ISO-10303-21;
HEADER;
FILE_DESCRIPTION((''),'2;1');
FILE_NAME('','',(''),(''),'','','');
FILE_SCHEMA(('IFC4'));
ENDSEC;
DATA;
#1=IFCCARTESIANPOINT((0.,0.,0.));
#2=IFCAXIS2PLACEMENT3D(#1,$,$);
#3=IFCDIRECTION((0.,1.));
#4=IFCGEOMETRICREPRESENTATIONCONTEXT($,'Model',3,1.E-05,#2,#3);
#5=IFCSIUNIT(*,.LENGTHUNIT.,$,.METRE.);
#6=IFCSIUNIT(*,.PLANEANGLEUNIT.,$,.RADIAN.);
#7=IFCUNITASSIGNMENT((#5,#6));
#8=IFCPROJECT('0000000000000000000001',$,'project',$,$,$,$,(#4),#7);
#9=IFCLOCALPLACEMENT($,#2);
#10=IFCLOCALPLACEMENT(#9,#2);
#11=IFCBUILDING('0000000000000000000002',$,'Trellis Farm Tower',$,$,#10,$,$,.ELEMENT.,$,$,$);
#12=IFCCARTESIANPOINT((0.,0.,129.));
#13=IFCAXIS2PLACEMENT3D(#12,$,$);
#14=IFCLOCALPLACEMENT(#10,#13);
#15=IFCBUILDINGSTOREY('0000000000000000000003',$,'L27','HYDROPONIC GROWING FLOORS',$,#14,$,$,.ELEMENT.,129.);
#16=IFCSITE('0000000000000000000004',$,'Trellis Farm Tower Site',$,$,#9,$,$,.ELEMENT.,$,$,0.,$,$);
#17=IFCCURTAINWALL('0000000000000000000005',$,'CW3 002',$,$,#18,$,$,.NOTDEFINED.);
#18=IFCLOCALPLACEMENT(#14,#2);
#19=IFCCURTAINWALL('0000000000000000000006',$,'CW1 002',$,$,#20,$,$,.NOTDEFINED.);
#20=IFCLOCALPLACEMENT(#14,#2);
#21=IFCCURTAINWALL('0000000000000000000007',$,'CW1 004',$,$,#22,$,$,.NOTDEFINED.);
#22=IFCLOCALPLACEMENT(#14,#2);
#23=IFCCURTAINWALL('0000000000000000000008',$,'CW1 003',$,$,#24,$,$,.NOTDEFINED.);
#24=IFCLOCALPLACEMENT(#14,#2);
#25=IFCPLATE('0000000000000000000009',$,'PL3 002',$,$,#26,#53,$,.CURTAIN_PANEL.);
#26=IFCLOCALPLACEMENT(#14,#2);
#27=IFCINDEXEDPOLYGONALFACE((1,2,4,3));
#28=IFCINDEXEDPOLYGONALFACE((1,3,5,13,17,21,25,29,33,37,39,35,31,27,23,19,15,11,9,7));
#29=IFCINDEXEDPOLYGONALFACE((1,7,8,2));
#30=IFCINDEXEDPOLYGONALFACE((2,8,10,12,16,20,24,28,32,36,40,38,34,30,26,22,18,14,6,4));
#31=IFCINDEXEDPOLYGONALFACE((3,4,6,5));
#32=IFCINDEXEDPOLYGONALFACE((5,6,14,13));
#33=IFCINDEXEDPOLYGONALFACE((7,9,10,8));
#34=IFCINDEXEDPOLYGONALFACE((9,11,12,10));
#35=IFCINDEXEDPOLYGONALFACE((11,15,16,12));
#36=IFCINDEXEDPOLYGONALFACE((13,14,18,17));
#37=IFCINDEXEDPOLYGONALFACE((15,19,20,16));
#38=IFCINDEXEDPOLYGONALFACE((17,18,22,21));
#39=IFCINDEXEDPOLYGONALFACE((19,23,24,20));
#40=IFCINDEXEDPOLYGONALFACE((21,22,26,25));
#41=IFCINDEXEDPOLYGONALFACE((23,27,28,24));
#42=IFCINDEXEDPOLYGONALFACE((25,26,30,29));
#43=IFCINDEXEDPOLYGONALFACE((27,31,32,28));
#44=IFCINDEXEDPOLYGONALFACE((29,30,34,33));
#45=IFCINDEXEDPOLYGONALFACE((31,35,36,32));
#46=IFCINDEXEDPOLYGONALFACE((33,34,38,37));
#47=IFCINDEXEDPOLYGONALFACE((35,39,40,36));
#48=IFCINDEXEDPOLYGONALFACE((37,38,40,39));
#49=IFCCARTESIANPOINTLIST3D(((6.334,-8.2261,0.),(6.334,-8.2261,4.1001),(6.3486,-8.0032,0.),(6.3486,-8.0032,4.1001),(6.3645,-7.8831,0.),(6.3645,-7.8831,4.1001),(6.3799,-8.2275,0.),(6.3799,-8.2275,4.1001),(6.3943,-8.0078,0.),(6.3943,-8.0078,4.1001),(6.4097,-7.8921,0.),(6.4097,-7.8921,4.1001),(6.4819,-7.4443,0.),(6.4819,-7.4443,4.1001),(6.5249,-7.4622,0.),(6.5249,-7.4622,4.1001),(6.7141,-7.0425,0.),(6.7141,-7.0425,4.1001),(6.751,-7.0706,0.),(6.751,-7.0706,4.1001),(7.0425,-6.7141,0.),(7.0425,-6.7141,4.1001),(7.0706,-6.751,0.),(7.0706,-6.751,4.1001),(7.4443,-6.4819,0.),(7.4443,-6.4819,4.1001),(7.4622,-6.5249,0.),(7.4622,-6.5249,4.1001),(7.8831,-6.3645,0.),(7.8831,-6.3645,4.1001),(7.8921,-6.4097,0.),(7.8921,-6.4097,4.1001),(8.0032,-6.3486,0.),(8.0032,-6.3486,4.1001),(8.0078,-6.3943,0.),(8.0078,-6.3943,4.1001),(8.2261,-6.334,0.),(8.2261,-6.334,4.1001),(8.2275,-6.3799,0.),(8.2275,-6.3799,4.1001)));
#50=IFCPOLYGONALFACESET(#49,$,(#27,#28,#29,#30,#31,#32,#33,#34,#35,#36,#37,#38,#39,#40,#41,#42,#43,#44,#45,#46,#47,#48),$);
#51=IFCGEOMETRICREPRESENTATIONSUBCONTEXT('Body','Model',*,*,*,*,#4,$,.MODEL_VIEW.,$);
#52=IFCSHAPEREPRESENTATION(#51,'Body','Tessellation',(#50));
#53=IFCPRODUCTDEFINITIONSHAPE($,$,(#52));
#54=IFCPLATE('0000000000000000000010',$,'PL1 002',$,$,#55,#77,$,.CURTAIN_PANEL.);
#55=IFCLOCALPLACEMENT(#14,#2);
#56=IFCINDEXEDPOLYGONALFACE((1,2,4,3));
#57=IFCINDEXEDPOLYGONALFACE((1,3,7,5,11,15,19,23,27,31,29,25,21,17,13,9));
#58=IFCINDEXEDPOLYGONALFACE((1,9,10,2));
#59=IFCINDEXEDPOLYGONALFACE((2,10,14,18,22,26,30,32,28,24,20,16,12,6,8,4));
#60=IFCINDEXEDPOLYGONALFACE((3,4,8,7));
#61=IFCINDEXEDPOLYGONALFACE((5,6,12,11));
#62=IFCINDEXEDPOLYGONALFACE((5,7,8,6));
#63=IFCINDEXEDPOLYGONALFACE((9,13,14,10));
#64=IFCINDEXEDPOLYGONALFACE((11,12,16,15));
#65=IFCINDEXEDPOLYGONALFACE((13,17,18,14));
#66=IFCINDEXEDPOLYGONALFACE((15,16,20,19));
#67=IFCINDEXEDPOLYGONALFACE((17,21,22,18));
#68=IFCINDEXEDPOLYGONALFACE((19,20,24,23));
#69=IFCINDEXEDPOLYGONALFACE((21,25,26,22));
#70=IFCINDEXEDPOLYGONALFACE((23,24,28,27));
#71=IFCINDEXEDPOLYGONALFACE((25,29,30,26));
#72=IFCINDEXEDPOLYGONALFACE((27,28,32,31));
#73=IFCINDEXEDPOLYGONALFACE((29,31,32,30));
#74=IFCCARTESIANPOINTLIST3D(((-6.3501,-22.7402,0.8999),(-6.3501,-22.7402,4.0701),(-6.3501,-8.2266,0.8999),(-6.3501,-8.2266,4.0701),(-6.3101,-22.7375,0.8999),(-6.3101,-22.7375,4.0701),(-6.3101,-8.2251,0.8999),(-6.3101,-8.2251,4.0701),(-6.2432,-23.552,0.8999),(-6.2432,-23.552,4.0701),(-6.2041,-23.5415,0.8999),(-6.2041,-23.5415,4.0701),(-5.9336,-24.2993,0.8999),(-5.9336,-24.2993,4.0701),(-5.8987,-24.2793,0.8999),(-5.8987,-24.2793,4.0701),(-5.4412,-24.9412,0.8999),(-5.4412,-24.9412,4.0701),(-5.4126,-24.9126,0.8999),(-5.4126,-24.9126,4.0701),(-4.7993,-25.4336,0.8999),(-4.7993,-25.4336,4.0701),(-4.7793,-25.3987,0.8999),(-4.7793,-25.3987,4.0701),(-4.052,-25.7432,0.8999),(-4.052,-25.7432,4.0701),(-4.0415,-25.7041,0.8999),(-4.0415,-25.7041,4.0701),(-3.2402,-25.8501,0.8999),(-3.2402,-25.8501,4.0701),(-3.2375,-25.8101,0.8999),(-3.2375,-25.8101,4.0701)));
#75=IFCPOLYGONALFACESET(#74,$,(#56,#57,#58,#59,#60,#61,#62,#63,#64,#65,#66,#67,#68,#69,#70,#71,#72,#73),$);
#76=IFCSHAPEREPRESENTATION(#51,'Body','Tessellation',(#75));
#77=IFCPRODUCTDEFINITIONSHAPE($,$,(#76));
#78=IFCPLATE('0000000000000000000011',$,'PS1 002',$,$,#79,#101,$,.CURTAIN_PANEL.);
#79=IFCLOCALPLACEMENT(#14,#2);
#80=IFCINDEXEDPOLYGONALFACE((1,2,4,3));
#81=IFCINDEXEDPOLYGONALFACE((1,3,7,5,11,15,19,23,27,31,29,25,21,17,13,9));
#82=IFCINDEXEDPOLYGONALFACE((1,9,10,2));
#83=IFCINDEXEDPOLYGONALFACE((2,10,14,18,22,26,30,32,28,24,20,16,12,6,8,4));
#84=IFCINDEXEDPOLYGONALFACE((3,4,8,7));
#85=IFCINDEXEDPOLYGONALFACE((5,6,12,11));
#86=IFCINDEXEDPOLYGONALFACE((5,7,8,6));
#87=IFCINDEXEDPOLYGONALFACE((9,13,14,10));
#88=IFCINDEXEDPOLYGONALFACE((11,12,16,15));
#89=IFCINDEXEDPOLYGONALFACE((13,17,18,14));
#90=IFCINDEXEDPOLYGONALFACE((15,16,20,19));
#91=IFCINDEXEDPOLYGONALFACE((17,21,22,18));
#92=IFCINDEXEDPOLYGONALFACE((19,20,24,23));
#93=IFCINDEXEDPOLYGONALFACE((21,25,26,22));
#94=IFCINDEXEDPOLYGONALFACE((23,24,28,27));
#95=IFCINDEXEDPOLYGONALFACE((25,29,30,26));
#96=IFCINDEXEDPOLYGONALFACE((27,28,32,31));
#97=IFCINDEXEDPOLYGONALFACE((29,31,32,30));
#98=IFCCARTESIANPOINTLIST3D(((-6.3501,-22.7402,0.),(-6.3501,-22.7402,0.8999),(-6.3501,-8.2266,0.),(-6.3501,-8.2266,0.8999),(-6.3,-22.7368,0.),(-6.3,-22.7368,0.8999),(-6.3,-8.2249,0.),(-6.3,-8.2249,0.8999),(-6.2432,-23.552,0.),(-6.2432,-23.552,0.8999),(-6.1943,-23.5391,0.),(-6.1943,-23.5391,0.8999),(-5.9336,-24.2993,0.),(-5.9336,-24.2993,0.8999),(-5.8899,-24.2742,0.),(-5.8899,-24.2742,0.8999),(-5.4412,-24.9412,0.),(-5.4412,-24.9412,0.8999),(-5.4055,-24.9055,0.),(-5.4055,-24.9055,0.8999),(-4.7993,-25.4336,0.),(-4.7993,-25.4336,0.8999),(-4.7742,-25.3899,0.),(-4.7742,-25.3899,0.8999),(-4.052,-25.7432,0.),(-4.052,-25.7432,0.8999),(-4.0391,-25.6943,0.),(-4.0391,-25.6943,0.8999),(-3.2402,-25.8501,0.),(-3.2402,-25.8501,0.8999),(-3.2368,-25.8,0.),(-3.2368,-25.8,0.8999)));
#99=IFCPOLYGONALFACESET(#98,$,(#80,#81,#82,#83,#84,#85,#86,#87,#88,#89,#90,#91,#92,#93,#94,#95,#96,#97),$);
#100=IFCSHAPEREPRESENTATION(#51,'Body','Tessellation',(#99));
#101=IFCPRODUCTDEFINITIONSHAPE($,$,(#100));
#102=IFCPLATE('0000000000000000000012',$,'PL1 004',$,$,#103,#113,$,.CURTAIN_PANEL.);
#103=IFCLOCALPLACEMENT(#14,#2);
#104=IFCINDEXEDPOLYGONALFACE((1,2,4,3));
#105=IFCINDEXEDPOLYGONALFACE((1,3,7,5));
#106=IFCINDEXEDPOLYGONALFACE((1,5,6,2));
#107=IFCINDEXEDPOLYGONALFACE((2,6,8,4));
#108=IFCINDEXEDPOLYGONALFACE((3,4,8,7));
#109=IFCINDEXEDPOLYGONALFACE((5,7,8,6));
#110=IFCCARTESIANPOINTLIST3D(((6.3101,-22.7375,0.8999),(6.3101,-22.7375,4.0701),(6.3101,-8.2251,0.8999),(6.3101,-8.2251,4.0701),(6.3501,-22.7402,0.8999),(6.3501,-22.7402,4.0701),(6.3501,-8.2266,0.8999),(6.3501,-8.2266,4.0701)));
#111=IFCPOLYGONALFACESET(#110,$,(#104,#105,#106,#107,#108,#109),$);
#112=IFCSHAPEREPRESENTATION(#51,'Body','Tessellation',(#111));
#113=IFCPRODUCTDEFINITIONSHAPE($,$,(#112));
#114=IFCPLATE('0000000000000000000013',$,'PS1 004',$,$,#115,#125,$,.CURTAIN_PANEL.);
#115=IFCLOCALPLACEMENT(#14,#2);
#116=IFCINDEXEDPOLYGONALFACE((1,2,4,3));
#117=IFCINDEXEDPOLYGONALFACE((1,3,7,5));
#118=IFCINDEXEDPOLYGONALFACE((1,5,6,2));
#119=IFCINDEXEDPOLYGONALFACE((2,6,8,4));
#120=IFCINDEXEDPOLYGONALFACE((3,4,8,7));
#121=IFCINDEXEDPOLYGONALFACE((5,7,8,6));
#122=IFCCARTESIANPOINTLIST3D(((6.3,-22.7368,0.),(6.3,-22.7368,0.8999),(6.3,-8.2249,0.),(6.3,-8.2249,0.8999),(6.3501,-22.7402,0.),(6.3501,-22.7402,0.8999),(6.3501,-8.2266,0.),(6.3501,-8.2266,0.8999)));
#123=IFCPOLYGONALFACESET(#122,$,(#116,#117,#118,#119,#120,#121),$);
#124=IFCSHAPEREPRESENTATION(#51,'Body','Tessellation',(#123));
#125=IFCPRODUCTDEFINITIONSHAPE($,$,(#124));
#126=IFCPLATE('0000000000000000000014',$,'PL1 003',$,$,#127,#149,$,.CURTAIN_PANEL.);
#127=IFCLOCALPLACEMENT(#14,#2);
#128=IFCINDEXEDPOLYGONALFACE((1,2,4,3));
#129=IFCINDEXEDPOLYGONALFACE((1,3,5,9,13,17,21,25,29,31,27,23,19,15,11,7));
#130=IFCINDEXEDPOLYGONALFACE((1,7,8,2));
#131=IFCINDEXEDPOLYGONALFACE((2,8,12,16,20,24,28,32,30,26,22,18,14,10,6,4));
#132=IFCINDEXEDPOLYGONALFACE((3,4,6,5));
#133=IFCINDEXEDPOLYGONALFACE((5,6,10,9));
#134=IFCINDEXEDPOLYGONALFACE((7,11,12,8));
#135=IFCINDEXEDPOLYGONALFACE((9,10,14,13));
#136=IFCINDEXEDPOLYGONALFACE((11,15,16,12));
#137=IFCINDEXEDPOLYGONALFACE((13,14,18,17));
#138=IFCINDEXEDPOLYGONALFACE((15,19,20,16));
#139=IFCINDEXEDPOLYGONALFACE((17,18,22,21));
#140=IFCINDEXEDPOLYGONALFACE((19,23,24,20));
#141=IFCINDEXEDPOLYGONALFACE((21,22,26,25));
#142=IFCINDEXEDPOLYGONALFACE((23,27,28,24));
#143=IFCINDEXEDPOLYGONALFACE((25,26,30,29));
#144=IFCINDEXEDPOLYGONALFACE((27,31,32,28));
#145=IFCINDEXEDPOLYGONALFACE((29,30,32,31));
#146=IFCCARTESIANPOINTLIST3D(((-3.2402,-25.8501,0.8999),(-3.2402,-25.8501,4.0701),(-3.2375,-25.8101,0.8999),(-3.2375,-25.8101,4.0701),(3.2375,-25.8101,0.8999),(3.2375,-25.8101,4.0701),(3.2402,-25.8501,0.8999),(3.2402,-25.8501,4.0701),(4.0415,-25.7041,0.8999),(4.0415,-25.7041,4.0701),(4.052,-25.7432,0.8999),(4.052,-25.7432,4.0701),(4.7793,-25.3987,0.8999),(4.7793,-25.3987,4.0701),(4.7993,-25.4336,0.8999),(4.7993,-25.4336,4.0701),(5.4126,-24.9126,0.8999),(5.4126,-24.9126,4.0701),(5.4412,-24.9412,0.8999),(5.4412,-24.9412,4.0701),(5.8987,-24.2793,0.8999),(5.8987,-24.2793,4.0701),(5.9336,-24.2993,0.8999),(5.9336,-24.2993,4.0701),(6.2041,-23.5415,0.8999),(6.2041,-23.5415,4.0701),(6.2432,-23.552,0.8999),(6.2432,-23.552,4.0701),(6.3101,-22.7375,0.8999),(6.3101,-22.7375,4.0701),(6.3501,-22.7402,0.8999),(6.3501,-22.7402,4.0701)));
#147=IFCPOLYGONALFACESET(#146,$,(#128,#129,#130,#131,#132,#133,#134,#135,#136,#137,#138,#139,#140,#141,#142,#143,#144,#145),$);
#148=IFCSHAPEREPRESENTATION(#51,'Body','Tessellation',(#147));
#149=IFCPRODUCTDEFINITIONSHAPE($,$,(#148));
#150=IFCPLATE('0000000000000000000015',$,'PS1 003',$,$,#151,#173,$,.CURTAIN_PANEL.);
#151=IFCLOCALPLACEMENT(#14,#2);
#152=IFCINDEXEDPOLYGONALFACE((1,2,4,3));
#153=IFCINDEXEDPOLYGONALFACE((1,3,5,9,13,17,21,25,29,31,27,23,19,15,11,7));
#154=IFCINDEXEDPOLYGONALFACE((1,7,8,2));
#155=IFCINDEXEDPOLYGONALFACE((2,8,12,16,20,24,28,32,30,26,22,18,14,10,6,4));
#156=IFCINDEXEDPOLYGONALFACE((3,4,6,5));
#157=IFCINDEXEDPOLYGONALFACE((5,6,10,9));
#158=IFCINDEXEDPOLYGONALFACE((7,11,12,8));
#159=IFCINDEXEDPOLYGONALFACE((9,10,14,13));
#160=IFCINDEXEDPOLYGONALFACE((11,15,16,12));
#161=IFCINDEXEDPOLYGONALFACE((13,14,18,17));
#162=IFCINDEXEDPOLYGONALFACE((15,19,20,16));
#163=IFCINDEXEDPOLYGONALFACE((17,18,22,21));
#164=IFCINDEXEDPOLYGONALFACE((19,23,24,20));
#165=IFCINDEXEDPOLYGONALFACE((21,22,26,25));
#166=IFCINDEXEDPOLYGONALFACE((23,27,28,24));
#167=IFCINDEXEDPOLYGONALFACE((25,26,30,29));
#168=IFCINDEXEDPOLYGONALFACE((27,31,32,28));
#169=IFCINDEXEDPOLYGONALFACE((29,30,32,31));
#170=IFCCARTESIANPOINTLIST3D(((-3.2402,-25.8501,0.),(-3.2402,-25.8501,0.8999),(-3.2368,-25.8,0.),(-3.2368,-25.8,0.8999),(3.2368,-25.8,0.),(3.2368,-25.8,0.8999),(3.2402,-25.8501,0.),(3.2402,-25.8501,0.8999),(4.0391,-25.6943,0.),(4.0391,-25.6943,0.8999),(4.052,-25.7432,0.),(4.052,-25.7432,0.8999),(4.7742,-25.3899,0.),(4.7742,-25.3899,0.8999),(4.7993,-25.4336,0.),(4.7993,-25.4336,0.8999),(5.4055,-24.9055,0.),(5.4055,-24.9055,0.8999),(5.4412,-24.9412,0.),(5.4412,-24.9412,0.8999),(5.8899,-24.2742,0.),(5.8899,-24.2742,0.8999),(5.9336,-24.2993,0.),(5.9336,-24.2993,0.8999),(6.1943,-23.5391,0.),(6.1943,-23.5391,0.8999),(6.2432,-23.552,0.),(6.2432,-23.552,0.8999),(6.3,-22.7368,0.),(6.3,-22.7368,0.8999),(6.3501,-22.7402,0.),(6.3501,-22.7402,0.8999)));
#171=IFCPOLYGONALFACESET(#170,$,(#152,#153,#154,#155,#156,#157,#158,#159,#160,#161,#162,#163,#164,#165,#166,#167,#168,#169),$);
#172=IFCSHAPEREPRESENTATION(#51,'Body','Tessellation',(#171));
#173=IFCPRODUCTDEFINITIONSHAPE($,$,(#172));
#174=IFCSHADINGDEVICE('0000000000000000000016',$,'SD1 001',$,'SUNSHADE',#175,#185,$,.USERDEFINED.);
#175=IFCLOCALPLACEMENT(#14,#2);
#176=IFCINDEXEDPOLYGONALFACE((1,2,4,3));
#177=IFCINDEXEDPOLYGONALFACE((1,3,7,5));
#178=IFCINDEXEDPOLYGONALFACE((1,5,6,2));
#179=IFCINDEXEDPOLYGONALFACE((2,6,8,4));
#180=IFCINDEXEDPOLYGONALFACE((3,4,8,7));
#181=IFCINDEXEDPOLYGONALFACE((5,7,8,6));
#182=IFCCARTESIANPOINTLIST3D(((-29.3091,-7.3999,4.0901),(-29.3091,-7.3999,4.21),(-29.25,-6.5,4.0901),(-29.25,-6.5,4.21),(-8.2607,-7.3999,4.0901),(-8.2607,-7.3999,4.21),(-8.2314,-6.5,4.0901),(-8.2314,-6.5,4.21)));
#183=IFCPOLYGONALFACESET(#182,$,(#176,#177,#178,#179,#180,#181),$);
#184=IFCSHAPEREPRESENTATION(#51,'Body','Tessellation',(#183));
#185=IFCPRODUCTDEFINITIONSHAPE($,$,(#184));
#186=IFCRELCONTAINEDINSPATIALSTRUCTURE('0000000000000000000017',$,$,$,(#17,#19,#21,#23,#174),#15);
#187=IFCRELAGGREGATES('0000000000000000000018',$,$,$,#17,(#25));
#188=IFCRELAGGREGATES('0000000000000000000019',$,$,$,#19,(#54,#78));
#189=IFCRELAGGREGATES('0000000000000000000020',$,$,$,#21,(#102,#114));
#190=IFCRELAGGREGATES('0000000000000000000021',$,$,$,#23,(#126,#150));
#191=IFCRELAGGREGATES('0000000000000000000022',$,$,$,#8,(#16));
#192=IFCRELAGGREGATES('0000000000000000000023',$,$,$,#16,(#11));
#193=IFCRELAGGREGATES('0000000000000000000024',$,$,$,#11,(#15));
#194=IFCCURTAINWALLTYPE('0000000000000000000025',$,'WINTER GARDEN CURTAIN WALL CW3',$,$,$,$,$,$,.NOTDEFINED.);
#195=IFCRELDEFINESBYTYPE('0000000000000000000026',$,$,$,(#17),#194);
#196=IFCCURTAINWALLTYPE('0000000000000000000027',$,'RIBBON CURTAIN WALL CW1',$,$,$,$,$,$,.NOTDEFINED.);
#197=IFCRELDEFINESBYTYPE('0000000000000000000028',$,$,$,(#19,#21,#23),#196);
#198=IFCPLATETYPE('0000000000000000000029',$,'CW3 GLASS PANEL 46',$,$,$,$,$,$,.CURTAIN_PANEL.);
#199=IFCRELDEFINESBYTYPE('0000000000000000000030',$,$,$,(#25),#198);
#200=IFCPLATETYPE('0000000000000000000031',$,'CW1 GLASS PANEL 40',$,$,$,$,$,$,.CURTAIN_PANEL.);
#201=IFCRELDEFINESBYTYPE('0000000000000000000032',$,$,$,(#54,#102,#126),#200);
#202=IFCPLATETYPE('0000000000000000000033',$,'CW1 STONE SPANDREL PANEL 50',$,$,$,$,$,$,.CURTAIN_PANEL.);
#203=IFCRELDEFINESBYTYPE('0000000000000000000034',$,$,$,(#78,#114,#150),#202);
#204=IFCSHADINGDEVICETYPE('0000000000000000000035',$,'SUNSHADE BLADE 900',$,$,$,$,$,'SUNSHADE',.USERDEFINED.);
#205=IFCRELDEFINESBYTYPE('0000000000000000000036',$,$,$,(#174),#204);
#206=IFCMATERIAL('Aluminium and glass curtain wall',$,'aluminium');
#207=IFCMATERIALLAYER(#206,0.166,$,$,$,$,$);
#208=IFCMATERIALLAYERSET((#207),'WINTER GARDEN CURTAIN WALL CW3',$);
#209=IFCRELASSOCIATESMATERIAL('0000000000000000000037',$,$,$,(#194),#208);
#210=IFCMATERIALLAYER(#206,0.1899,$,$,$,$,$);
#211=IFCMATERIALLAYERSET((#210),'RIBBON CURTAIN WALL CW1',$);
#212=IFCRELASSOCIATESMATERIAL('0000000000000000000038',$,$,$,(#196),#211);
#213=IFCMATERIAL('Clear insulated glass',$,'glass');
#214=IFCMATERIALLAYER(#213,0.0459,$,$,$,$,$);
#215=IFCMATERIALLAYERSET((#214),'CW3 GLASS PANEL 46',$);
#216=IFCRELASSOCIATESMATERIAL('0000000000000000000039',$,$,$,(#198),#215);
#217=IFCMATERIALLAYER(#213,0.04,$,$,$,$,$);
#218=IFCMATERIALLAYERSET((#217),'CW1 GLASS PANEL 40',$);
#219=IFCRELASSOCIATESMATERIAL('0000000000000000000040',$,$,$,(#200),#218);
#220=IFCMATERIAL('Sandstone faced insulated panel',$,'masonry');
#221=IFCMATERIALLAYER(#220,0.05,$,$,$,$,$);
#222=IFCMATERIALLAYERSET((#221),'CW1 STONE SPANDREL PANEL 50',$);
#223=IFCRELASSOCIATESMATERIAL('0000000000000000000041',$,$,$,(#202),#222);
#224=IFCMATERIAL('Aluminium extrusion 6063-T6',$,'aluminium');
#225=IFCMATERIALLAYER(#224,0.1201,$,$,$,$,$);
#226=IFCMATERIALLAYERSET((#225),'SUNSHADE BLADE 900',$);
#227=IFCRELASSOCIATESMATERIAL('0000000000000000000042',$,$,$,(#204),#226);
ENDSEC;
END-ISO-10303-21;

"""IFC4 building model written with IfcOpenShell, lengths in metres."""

from ifc_helpers import new_model, si_unit, direction, frame, origin, place, context, subcontext, project, spatial, polyline, outline, extrude, source, transform, mapped, material, layer, layer_set, type_object, element, aggregate, save


model = new_model("IFC4")

# Units and contexts
model_context = context("Model", 3, precision=1e-05, world=origin(), true_north=direction((0.0, 1.0)))
body_context = subcontext(model_context, "Body", "Model", "MODEL_VIEW")
ifc_project = project(units=[si_unit("LENGTHUNIT", "METRE"), si_unit("PLANEANGLEUNIT", "RADIAN")], contexts=[model_context])

# Site, building, storey
site_placement = place(None, origin())
site = spatial("IfcSite", under=ifc_project, at=site_placement, Name="Trellis Farm Tower Site", CompositionType="ELEMENT", RefElevation=0.0)
building_placement = place(site_placement, origin())
building = spatial("IfcBuilding", under=site, at=building_placement, Name="Trellis Farm Tower", CompositionType="ELEMENT")
storey_placement = place(building_placement, frame((0.0, 0.0, 129.0)))
storey = spatial("IfcBuildingStorey", under=building, at=storey_placement, Name="L27", Description="HYDROPONIC GROWING FLOORS", CompositionType="ELEMENT", Elevation=129.0)

# Curtain walls
ifc_material_1 = material(Name="Aluminium and glass curtain wall", Category="aluminium")
ifc_layer_1 = layer(ifc_material_1, 0.166)
ifc_layer_set_1 = layer_set([ifc_layer_1], Name="WINTER GARDEN CURTAIN WALL CW3")
curtain_wall_type_1 = type_object("IfcCurtainWallType", Name="WINTER GARDEN CURTAIN WALL CW3", PredefinedType="NOTDEFINED", material=ifc_layer_set_1)
placement_1 = place(storey_placement, origin())
ifc_material_2 = material(Name="Aluminium extrusion 6063-T6", Category="aluminium")
curtain_wall_1 = element("IfcCurtainWall", 1, at=placement_1, inside=storey, type_object=curtain_wall_type_1, Name="CW3 002", PredefinedType="NOTDEFINED")
ifc_layer_2 = layer(ifc_material_1, 0.1899)
ifc_layer_set_2 = layer_set([ifc_layer_2], Name="RIBBON CURTAIN WALL CW1")
curtain_wall_type_2 = type_object("IfcCurtainWallType", Name="RIBBON CURTAIN WALL CW1", PredefinedType="NOTDEFINED", material=ifc_layer_set_2)
curtain_wall_2 = element("IfcCurtainWall", 2, at=placement_1, inside=storey, type_object=curtain_wall_type_2, Name="CW1 002", PredefinedType="NOTDEFINED")
curtain_wall_3 = element("IfcCurtainWall", 3, at=placement_1, inside=storey, type_object=curtain_wall_type_2, Name="CW1 004", PredefinedType="NOTDEFINED")
curtain_wall_4 = element("IfcCurtainWall", 4, at=placement_1, inside=storey, type_object=curtain_wall_type_2, Name="CW1 003", PredefinedType="NOTDEFINED")

# Plates
ifc_material_3 = material(Name="Clear insulated glass", Category="glass")
ifc_layer_3 = layer(ifc_material_3, 0.0459)
ifc_layer_set_3 = layer_set([ifc_layer_3], Name="CW3 GLASS PANEL 46")
plate_type_1 = type_object("IfcPlateType", Name="CW3 GLASS PANEL 46", PredefinedType="CURTAIN_PANEL", material=ifc_layer_set_3)
shared_shape_1 = source(origin(), body_context, "Body", "SweptSolid", [
    extrude(outline(polyline([(6.3799, -8.2275), (6.3943, -8.0078), (6.4097, -7.8921), (6.5249, -7.4622), (6.751, -7.0706), (7.0706, -6.751), (7.4622, -6.5249), (7.8921, -6.4097), (8.0078, -6.3943), (8.2275, -6.3799), (8.2261, -6.334), (8.0032, -6.3486), (7.8831, -6.3645), (7.4443, -6.4819), (7.0425, -6.7141), (6.7141, -7.0425), (6.4819, -7.4443), (6.3645, -7.8831), (6.3486, -8.0032), (6.334, -8.2261), (6.3799, -8.2275)])), origin(), (0.0, 0.0, 1.0), 4.1001),
])
plate_1 = element("IfcPlate", 5, at=placement_1, type_object=plate_type_1, Name="PL3 002", PredefinedType="CURTAIN_PANEL", context=body_context, shape_type="MappedRepresentation", body=[
    mapped(shared_shape_1, transform((0.0, 0.0, 0.0))),
])
aggregate(curtain_wall_1, [plate_1])
ifc_layer_4 = layer(ifc_material_3, 0.04)
ifc_layer_set_4 = layer_set([ifc_layer_4], Name="CW1 GLASS PANEL 40")
plate_type_2 = type_object("IfcPlateType", Name="CW1 GLASS PANEL 40", PredefinedType="CURTAIN_PANEL", material=ifc_layer_set_4)
shared_shape_2 = source(origin(), body_context, "Body", "SweptSolid", [
    extrude(outline(polyline([(-6.3501, -8.2266), (-6.3501, -22.7402), (-6.2432, -23.552), (-5.9336, -24.2993), (-5.4412, -24.9412), (-4.7993, -25.4336), (-4.052, -25.7432), (-3.2402, -25.8501), (-3.2375, -25.8101), (-4.0415, -25.7041), (-4.7793, -25.3987), (-5.4126, -24.9126), (-5.8987, -24.2793), (-6.2041, -23.5415), (-6.3101, -22.7375), (-6.3101, -8.2251), (-6.3501, -8.2266)])), origin(), (0.0, 0.0, 1.0), 3.1702),
])
placement_2 = place(storey_placement, frame((0.0, 0.0, 0.8999)))
plate_2 = element("IfcPlate", 6, at=placement_2, type_object=plate_type_2, Name="PL1 002", PredefinedType="CURTAIN_PANEL", context=body_context, shape_type="MappedRepresentation", body=[
    mapped(shared_shape_2, transform((0.0, 0.0, 0.0))),
])
ifc_material_4 = material(Name="Sandstone faced insulated panel", Category="masonry")
ifc_layer_5 = layer(ifc_material_4, 0.05)
ifc_layer_set_5 = layer_set([ifc_layer_5], Name="CW1 STONE SPANDREL PANEL 50")
plate_type_3 = type_object("IfcPlateType", Name="CW1 STONE SPANDREL PANEL 50", PredefinedType="CURTAIN_PANEL", material=ifc_layer_set_5)
shared_shape_3 = source(origin(), body_context, "Body", "SweptSolid", [
    extrude(outline(polyline([(-6.3501, -8.2266), (-6.3501, -22.7402), (-6.2432, -23.552), (-5.9336, -24.2993), (-5.4412, -24.9412), (-4.7993, -25.4336), (-4.052, -25.7432), (-3.2402, -25.8501), (-3.2368, -25.8), (-4.0391, -25.6943), (-4.7742, -25.3899), (-5.4055, -24.9055), (-5.8899, -24.2742), (-6.1943, -23.5391), (-6.3, -22.7368), (-6.3, -8.2249), (-6.3501, -8.2266)])), origin(), (0.0, 0.0, 1.0), 0.8999),
])
plate_3 = element("IfcPlate", 7, at=placement_1, type_object=plate_type_3, Name="PS1 002", PredefinedType="CURTAIN_PANEL", context=body_context, shape_type="MappedRepresentation", body=[
    mapped(shared_shape_3, transform((0.0, 0.0, 0.0))),
])
aggregate(curtain_wall_2, [plate_2, plate_3])
shared_shape_4 = source(origin(), body_context, "Body", "SweptSolid", [
    extrude(outline(polyline([(6.3501, -22.7402), (6.3501, -8.2266), (6.3101, -8.2251), (6.3101, -22.7375), (6.3501, -22.7402)])), origin(), (0.0, 0.0, 1.0), 3.1702),
])
plate_4 = element("IfcPlate", 8, at=placement_2, type_object=plate_type_2, Name="PL1 004", PredefinedType="CURTAIN_PANEL", context=body_context, shape_type="MappedRepresentation", body=[
    mapped(shared_shape_4, transform((0.0, 0.0, 0.0))),
])
shared_shape_5 = source(origin(), body_context, "Body", "SweptSolid", [
    extrude(outline(polyline([(6.3501, -22.7402), (6.3501, -8.2266), (6.3, -8.2249), (6.3, -22.7368), (6.3501, -22.7402)])), origin(), (0.0, 0.0, 1.0), 0.8999),
])
plate_5 = element("IfcPlate", 9, at=placement_1, type_object=plate_type_3, Name="PS1 004", PredefinedType="CURTAIN_PANEL", context=body_context, shape_type="MappedRepresentation", body=[
    mapped(shared_shape_5, transform((0.0, 0.0, 0.0))),
])
aggregate(curtain_wall_3, [plate_4, plate_5])
shared_shape_6 = source(origin(), body_context, "Body", "SweptSolid", [
    extrude(outline(polyline([(-3.2402, -25.8501), (3.2402, -25.8501), (4.052, -25.7432), (4.7993, -25.4336), (5.4412, -24.9412), (5.9336, -24.2993), (6.2432, -23.552), (6.3501, -22.7402), (6.3101, -22.7375), (6.2041, -23.5415), (5.8987, -24.2793), (5.4126, -24.9126), (4.7793, -25.3987), (4.0415, -25.7041), (3.2375, -25.8101), (-3.2375, -25.8101), (-3.2402, -25.8501)])), origin(), (0.0, 0.0, 1.0), 3.1702),
])
plate_6 = element("IfcPlate", 10, at=placement_2, type_object=plate_type_2, Name="PL1 003", PredefinedType="CURTAIN_PANEL", context=body_context, shape_type="MappedRepresentation", body=[
    mapped(shared_shape_6, transform((0.0, 0.0, 0.0))),
])
shared_shape_7 = source(origin(), body_context, "Body", "SweptSolid", [
    extrude(outline(polyline([(-3.2402, -25.8501), (3.2402, -25.8501), (4.052, -25.7432), (4.7993, -25.4336), (5.4412, -24.9412), (5.9336, -24.2993), (6.2432, -23.552), (6.3501, -22.7402), (6.3, -22.7368), (6.1943, -23.5391), (5.8899, -24.2742), (5.4055, -24.9055), (4.7742, -25.3899), (4.0391, -25.6943), (3.2368, -25.8), (-3.2368, -25.8), (-3.2402, -25.8501)])), origin(), (0.0, 0.0, 1.0), 0.8999),
])
plate_7 = element("IfcPlate", 11, at=placement_1, type_object=plate_type_3, Name="PS1 003", PredefinedType="CURTAIN_PANEL", context=body_context, shape_type="MappedRepresentation", body=[
    mapped(shared_shape_7, transform((0.0, 0.0, 0.0))),
])
aggregate(curtain_wall_4, [plate_6, plate_7])

# Shading device
ifc_layer_6 = layer(ifc_material_2, 0.1201)
ifc_layer_set_6 = layer_set([ifc_layer_6], Name="SUNSHADE BLADE 900")
shading_device_type_1 = type_object("IfcShadingDeviceType", Name="SUNSHADE BLADE 900", ElementType="SUNSHADE", PredefinedType="USERDEFINED", material=ifc_layer_set_6)
shared_shape_8 = source(origin(), body_context, "Body", "SweptSolid", [
    extrude(outline(polyline([(-29.3091, -7.3999), (-8.2607, -7.3999), (-8.2314, -6.5), (-29.25, -6.5), (-29.3091, -7.3999)])), origin(), (0.0, 0.0, 1.0), 0.1199),
])
placement_3 = place(storey_placement, frame((0.0, 0.0, 4.0901)))
element("IfcShadingDevice", 12, at=placement_3, inside=storey, type_object=shading_device_type_1, Name="SD1 001", ObjectType="SUNSHADE", PredefinedType="USERDEFINED", context=body_context, shape_type="MappedRepresentation", body=[
    mapped(shared_shape_8, transform((0.0, 0.0, 0.0))),
])

save(model, "model.ifc")
